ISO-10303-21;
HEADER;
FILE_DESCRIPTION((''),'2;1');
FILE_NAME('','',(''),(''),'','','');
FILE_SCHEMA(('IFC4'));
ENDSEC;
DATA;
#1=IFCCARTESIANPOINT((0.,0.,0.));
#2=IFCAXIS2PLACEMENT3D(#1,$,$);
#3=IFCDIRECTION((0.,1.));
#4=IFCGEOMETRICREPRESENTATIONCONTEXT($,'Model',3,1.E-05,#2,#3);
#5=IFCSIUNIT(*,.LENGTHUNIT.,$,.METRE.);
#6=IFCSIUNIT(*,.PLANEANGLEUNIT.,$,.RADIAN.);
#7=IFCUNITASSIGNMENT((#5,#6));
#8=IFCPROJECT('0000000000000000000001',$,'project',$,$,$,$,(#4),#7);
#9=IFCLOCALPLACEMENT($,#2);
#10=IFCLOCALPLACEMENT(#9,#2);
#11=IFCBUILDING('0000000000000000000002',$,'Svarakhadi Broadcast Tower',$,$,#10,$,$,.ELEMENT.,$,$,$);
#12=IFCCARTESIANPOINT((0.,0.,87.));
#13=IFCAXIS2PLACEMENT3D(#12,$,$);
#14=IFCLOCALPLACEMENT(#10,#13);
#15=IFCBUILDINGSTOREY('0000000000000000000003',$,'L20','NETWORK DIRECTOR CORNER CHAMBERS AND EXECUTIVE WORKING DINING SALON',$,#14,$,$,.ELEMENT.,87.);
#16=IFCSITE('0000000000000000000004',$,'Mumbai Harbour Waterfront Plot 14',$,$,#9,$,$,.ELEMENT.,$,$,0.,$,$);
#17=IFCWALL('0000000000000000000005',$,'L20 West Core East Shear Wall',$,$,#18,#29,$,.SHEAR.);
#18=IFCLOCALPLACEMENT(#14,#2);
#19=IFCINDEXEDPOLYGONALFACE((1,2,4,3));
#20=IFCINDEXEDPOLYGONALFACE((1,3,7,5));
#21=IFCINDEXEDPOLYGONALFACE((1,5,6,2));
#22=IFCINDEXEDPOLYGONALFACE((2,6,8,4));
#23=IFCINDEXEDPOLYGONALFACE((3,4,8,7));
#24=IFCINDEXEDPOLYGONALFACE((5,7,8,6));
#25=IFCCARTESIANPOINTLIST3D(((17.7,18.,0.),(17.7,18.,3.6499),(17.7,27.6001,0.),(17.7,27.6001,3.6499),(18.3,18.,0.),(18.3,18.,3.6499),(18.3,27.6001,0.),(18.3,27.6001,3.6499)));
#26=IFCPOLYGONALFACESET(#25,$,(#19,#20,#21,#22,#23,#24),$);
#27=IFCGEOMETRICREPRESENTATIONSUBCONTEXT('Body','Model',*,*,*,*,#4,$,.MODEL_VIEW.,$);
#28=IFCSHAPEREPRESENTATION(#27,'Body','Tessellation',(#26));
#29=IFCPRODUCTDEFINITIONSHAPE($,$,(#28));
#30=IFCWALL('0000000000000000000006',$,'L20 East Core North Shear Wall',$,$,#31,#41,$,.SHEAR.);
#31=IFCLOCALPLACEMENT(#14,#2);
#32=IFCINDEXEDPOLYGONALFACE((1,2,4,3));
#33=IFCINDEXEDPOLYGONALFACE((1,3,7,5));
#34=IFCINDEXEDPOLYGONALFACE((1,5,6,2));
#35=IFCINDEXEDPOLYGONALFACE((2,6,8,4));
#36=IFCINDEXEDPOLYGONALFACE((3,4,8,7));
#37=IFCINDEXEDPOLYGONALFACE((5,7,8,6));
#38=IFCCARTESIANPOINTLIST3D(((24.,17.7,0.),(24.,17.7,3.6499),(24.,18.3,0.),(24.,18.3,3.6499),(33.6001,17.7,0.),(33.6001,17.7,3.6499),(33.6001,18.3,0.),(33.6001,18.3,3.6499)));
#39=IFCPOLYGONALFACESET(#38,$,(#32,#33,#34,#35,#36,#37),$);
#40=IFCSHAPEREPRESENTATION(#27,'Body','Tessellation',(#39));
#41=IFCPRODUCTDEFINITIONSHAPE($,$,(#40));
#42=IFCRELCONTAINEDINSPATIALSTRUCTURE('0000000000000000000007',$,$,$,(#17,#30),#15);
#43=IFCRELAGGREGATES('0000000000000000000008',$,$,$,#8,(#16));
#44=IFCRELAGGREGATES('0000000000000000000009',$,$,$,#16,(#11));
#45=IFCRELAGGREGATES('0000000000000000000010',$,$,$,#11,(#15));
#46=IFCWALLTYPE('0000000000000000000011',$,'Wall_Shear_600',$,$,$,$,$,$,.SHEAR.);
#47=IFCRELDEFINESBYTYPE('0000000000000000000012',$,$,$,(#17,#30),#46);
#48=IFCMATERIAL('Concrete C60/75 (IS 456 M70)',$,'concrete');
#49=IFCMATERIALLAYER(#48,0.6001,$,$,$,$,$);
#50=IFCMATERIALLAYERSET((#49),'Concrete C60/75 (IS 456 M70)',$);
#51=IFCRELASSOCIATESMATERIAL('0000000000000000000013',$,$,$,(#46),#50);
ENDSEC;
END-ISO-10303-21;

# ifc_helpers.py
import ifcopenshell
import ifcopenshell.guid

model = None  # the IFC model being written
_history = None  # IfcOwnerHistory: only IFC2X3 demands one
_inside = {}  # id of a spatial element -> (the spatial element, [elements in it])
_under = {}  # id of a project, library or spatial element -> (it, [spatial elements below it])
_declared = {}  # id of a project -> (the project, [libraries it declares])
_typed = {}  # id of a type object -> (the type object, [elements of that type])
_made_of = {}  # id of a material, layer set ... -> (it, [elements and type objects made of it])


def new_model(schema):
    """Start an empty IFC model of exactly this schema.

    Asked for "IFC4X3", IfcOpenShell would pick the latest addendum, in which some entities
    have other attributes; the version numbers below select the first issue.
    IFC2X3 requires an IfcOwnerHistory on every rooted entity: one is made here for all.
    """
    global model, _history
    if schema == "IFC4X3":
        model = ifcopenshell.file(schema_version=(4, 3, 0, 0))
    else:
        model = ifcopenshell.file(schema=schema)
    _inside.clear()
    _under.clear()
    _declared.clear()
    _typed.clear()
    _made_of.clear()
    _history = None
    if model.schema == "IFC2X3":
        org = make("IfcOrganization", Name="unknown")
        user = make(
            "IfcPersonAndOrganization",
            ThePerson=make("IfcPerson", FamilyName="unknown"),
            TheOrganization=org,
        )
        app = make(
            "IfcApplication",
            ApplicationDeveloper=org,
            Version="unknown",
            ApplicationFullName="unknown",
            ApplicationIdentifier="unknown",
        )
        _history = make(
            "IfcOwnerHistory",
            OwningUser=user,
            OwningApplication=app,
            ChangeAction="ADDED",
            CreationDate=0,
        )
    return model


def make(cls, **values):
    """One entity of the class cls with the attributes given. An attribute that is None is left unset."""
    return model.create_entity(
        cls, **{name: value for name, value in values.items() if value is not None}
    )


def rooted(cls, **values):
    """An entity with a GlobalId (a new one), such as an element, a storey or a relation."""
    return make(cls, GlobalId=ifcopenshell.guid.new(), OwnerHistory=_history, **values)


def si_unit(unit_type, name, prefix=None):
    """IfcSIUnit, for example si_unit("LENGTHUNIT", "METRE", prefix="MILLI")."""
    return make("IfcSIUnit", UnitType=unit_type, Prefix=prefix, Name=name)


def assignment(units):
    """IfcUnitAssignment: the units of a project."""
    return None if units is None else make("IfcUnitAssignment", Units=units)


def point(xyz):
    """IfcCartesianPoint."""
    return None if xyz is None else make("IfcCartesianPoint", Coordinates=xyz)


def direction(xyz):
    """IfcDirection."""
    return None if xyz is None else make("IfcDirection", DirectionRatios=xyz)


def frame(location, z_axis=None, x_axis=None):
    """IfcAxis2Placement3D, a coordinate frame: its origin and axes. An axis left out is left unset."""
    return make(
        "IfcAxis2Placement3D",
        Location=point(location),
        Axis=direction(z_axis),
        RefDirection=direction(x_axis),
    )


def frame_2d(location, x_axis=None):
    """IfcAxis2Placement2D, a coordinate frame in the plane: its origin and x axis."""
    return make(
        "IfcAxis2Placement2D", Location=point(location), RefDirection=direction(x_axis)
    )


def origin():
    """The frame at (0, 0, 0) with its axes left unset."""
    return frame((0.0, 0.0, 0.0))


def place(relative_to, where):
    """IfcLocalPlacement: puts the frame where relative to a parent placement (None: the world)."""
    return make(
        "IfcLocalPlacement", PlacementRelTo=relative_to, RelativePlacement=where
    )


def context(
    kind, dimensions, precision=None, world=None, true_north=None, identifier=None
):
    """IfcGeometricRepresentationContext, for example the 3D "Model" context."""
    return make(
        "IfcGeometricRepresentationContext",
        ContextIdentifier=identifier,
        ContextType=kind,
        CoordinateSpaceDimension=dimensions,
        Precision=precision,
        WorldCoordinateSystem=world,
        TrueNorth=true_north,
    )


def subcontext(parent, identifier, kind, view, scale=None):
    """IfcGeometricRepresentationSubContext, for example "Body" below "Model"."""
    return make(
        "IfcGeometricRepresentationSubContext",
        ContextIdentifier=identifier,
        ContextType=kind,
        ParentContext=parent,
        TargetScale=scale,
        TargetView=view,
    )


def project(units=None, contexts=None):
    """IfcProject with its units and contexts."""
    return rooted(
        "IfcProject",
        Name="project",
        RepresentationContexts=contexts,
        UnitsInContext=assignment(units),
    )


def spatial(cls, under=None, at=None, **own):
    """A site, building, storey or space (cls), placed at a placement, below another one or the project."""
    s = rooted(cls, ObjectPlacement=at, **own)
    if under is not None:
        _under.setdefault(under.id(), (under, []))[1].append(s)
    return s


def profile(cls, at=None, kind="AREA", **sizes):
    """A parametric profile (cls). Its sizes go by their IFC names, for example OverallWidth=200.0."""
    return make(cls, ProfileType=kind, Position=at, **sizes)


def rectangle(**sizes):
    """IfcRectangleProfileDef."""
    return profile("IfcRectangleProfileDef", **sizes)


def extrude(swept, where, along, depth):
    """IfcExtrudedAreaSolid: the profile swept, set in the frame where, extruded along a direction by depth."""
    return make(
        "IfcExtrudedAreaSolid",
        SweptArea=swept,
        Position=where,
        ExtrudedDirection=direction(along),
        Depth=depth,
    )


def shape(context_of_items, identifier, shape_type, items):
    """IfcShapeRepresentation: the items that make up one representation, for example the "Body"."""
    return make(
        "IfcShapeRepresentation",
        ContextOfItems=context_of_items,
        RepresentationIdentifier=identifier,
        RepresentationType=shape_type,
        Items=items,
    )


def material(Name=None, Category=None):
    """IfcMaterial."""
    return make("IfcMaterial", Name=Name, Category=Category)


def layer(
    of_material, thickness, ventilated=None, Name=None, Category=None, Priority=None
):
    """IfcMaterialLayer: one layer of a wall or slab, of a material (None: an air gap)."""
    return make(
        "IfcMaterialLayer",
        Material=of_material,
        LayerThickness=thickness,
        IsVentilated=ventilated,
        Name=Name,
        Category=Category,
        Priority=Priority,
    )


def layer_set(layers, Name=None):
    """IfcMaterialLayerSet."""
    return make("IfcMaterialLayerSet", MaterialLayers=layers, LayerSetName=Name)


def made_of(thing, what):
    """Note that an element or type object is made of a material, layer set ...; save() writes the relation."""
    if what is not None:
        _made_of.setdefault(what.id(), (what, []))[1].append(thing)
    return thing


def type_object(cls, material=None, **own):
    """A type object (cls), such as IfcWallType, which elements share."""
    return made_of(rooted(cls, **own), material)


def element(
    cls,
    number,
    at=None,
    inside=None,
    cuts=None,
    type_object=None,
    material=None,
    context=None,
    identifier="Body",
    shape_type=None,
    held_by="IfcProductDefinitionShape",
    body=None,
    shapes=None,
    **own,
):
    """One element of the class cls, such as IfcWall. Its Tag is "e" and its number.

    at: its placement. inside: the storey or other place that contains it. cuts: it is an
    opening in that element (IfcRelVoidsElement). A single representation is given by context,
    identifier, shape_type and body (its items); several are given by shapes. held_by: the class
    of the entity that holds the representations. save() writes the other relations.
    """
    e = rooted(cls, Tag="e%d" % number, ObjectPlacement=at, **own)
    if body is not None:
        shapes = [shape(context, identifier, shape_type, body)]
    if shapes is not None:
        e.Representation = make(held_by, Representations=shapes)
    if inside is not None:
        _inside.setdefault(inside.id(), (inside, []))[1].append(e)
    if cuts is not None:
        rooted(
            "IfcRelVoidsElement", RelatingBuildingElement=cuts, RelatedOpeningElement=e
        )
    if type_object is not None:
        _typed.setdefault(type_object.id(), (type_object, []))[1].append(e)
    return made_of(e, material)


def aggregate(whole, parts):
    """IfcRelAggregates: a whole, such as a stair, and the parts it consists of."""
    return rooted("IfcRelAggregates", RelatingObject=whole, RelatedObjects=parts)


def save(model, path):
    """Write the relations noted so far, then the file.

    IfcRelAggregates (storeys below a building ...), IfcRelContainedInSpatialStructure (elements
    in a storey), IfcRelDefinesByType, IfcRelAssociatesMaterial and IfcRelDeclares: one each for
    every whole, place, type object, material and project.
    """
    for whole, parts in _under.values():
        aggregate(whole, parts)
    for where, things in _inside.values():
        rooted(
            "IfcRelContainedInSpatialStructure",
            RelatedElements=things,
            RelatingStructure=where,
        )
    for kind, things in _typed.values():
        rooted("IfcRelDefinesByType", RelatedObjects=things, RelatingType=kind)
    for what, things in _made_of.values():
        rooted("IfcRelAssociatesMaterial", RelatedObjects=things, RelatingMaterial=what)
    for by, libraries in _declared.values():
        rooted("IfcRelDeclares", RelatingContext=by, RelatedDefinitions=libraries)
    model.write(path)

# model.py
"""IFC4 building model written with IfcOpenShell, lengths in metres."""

from ifc_helpers import new_model, si_unit, direction, frame, frame_2d, origin, place, context, subcontext, project, spatial, rectangle, extrude, material, layer, layer_set, type_object, element, save


model = new_model("IFC4")

# Units and contexts
model_context = context("Model", 3, precision=1e-05, world=origin(), true_north=direction((0.0, 1.0)))
body_context = subcontext(model_context, "Body", "Model", "MODEL_VIEW")
ifc_project = project(units=[si_unit("LENGTHUNIT", "METRE"), si_unit("PLANEANGLEUNIT", "RADIAN")], contexts=[model_context])

# Site, building, storey
site_placement = place(None, origin())
site = spatial("IfcSite", under=ifc_project, at=site_placement, Name="Mumbai Harbour Waterfront Plot 14", CompositionType="ELEMENT", RefElevation=0.0)
building_placement = place(site_placement, origin())
building = spatial("IfcBuilding", under=site, at=building_placement, Name="Svarakhadi Broadcast Tower", CompositionType="ELEMENT")
storey_placement = place(building_placement, frame((0.0, 0.0, 87.0)))
storey = spatial("IfcBuildingStorey", under=building, at=storey_placement, Name="L20", Description="NETWORK DIRECTOR CORNER CHAMBERS AND EXECUTIVE WORKING DINING SALON", CompositionType="ELEMENT", Elevation=87.0)

# Shared definitions
ifc_material_1 = material(Name="Concrete C60/75 (IS 456 M70)", Category="concrete")

# Walls
ifc_layer_1 = layer(ifc_material_1, 0.6001)
ifc_layer_set_1 = layer_set([ifc_layer_1], Name="Concrete C60/75 (IS 456 M70)")
wall_type_1 = type_object("IfcWallType", Name="Wall_Shear_600", PredefinedType="SHEAR", material=ifc_layer_set_1)
for number, where, z_axis, x_axis, name in (
    (1, (18.0, 18.0, 0.0), (0.0, 0.0, 1.0), (0.0, 1.0, 0.0), "L20 West Core East Shear Wall"),
    (2, (24.0, 18.0, 0.0), (0.0, 0.0, 1.0), (1.0, 0.0, 0.0), "L20 East Core North Shear Wall"),
):
    element("IfcWall", number, at=place(storey_placement, frame(where, z_axis=z_axis, x_axis=x_axis)), inside=storey, type_object=wall_type_1, Name=name, PredefinedType="SHEAR", context=body_context, shape_type="SweptSolid", body=[
        extrude(rectangle(XDim=9.6001, YDim=0.6001, at=frame_2d((4.8, 0.0))), origin(), (0.0, 0.0, 1.0), 3.6499),
    ])

save(model, "model.ifc")
